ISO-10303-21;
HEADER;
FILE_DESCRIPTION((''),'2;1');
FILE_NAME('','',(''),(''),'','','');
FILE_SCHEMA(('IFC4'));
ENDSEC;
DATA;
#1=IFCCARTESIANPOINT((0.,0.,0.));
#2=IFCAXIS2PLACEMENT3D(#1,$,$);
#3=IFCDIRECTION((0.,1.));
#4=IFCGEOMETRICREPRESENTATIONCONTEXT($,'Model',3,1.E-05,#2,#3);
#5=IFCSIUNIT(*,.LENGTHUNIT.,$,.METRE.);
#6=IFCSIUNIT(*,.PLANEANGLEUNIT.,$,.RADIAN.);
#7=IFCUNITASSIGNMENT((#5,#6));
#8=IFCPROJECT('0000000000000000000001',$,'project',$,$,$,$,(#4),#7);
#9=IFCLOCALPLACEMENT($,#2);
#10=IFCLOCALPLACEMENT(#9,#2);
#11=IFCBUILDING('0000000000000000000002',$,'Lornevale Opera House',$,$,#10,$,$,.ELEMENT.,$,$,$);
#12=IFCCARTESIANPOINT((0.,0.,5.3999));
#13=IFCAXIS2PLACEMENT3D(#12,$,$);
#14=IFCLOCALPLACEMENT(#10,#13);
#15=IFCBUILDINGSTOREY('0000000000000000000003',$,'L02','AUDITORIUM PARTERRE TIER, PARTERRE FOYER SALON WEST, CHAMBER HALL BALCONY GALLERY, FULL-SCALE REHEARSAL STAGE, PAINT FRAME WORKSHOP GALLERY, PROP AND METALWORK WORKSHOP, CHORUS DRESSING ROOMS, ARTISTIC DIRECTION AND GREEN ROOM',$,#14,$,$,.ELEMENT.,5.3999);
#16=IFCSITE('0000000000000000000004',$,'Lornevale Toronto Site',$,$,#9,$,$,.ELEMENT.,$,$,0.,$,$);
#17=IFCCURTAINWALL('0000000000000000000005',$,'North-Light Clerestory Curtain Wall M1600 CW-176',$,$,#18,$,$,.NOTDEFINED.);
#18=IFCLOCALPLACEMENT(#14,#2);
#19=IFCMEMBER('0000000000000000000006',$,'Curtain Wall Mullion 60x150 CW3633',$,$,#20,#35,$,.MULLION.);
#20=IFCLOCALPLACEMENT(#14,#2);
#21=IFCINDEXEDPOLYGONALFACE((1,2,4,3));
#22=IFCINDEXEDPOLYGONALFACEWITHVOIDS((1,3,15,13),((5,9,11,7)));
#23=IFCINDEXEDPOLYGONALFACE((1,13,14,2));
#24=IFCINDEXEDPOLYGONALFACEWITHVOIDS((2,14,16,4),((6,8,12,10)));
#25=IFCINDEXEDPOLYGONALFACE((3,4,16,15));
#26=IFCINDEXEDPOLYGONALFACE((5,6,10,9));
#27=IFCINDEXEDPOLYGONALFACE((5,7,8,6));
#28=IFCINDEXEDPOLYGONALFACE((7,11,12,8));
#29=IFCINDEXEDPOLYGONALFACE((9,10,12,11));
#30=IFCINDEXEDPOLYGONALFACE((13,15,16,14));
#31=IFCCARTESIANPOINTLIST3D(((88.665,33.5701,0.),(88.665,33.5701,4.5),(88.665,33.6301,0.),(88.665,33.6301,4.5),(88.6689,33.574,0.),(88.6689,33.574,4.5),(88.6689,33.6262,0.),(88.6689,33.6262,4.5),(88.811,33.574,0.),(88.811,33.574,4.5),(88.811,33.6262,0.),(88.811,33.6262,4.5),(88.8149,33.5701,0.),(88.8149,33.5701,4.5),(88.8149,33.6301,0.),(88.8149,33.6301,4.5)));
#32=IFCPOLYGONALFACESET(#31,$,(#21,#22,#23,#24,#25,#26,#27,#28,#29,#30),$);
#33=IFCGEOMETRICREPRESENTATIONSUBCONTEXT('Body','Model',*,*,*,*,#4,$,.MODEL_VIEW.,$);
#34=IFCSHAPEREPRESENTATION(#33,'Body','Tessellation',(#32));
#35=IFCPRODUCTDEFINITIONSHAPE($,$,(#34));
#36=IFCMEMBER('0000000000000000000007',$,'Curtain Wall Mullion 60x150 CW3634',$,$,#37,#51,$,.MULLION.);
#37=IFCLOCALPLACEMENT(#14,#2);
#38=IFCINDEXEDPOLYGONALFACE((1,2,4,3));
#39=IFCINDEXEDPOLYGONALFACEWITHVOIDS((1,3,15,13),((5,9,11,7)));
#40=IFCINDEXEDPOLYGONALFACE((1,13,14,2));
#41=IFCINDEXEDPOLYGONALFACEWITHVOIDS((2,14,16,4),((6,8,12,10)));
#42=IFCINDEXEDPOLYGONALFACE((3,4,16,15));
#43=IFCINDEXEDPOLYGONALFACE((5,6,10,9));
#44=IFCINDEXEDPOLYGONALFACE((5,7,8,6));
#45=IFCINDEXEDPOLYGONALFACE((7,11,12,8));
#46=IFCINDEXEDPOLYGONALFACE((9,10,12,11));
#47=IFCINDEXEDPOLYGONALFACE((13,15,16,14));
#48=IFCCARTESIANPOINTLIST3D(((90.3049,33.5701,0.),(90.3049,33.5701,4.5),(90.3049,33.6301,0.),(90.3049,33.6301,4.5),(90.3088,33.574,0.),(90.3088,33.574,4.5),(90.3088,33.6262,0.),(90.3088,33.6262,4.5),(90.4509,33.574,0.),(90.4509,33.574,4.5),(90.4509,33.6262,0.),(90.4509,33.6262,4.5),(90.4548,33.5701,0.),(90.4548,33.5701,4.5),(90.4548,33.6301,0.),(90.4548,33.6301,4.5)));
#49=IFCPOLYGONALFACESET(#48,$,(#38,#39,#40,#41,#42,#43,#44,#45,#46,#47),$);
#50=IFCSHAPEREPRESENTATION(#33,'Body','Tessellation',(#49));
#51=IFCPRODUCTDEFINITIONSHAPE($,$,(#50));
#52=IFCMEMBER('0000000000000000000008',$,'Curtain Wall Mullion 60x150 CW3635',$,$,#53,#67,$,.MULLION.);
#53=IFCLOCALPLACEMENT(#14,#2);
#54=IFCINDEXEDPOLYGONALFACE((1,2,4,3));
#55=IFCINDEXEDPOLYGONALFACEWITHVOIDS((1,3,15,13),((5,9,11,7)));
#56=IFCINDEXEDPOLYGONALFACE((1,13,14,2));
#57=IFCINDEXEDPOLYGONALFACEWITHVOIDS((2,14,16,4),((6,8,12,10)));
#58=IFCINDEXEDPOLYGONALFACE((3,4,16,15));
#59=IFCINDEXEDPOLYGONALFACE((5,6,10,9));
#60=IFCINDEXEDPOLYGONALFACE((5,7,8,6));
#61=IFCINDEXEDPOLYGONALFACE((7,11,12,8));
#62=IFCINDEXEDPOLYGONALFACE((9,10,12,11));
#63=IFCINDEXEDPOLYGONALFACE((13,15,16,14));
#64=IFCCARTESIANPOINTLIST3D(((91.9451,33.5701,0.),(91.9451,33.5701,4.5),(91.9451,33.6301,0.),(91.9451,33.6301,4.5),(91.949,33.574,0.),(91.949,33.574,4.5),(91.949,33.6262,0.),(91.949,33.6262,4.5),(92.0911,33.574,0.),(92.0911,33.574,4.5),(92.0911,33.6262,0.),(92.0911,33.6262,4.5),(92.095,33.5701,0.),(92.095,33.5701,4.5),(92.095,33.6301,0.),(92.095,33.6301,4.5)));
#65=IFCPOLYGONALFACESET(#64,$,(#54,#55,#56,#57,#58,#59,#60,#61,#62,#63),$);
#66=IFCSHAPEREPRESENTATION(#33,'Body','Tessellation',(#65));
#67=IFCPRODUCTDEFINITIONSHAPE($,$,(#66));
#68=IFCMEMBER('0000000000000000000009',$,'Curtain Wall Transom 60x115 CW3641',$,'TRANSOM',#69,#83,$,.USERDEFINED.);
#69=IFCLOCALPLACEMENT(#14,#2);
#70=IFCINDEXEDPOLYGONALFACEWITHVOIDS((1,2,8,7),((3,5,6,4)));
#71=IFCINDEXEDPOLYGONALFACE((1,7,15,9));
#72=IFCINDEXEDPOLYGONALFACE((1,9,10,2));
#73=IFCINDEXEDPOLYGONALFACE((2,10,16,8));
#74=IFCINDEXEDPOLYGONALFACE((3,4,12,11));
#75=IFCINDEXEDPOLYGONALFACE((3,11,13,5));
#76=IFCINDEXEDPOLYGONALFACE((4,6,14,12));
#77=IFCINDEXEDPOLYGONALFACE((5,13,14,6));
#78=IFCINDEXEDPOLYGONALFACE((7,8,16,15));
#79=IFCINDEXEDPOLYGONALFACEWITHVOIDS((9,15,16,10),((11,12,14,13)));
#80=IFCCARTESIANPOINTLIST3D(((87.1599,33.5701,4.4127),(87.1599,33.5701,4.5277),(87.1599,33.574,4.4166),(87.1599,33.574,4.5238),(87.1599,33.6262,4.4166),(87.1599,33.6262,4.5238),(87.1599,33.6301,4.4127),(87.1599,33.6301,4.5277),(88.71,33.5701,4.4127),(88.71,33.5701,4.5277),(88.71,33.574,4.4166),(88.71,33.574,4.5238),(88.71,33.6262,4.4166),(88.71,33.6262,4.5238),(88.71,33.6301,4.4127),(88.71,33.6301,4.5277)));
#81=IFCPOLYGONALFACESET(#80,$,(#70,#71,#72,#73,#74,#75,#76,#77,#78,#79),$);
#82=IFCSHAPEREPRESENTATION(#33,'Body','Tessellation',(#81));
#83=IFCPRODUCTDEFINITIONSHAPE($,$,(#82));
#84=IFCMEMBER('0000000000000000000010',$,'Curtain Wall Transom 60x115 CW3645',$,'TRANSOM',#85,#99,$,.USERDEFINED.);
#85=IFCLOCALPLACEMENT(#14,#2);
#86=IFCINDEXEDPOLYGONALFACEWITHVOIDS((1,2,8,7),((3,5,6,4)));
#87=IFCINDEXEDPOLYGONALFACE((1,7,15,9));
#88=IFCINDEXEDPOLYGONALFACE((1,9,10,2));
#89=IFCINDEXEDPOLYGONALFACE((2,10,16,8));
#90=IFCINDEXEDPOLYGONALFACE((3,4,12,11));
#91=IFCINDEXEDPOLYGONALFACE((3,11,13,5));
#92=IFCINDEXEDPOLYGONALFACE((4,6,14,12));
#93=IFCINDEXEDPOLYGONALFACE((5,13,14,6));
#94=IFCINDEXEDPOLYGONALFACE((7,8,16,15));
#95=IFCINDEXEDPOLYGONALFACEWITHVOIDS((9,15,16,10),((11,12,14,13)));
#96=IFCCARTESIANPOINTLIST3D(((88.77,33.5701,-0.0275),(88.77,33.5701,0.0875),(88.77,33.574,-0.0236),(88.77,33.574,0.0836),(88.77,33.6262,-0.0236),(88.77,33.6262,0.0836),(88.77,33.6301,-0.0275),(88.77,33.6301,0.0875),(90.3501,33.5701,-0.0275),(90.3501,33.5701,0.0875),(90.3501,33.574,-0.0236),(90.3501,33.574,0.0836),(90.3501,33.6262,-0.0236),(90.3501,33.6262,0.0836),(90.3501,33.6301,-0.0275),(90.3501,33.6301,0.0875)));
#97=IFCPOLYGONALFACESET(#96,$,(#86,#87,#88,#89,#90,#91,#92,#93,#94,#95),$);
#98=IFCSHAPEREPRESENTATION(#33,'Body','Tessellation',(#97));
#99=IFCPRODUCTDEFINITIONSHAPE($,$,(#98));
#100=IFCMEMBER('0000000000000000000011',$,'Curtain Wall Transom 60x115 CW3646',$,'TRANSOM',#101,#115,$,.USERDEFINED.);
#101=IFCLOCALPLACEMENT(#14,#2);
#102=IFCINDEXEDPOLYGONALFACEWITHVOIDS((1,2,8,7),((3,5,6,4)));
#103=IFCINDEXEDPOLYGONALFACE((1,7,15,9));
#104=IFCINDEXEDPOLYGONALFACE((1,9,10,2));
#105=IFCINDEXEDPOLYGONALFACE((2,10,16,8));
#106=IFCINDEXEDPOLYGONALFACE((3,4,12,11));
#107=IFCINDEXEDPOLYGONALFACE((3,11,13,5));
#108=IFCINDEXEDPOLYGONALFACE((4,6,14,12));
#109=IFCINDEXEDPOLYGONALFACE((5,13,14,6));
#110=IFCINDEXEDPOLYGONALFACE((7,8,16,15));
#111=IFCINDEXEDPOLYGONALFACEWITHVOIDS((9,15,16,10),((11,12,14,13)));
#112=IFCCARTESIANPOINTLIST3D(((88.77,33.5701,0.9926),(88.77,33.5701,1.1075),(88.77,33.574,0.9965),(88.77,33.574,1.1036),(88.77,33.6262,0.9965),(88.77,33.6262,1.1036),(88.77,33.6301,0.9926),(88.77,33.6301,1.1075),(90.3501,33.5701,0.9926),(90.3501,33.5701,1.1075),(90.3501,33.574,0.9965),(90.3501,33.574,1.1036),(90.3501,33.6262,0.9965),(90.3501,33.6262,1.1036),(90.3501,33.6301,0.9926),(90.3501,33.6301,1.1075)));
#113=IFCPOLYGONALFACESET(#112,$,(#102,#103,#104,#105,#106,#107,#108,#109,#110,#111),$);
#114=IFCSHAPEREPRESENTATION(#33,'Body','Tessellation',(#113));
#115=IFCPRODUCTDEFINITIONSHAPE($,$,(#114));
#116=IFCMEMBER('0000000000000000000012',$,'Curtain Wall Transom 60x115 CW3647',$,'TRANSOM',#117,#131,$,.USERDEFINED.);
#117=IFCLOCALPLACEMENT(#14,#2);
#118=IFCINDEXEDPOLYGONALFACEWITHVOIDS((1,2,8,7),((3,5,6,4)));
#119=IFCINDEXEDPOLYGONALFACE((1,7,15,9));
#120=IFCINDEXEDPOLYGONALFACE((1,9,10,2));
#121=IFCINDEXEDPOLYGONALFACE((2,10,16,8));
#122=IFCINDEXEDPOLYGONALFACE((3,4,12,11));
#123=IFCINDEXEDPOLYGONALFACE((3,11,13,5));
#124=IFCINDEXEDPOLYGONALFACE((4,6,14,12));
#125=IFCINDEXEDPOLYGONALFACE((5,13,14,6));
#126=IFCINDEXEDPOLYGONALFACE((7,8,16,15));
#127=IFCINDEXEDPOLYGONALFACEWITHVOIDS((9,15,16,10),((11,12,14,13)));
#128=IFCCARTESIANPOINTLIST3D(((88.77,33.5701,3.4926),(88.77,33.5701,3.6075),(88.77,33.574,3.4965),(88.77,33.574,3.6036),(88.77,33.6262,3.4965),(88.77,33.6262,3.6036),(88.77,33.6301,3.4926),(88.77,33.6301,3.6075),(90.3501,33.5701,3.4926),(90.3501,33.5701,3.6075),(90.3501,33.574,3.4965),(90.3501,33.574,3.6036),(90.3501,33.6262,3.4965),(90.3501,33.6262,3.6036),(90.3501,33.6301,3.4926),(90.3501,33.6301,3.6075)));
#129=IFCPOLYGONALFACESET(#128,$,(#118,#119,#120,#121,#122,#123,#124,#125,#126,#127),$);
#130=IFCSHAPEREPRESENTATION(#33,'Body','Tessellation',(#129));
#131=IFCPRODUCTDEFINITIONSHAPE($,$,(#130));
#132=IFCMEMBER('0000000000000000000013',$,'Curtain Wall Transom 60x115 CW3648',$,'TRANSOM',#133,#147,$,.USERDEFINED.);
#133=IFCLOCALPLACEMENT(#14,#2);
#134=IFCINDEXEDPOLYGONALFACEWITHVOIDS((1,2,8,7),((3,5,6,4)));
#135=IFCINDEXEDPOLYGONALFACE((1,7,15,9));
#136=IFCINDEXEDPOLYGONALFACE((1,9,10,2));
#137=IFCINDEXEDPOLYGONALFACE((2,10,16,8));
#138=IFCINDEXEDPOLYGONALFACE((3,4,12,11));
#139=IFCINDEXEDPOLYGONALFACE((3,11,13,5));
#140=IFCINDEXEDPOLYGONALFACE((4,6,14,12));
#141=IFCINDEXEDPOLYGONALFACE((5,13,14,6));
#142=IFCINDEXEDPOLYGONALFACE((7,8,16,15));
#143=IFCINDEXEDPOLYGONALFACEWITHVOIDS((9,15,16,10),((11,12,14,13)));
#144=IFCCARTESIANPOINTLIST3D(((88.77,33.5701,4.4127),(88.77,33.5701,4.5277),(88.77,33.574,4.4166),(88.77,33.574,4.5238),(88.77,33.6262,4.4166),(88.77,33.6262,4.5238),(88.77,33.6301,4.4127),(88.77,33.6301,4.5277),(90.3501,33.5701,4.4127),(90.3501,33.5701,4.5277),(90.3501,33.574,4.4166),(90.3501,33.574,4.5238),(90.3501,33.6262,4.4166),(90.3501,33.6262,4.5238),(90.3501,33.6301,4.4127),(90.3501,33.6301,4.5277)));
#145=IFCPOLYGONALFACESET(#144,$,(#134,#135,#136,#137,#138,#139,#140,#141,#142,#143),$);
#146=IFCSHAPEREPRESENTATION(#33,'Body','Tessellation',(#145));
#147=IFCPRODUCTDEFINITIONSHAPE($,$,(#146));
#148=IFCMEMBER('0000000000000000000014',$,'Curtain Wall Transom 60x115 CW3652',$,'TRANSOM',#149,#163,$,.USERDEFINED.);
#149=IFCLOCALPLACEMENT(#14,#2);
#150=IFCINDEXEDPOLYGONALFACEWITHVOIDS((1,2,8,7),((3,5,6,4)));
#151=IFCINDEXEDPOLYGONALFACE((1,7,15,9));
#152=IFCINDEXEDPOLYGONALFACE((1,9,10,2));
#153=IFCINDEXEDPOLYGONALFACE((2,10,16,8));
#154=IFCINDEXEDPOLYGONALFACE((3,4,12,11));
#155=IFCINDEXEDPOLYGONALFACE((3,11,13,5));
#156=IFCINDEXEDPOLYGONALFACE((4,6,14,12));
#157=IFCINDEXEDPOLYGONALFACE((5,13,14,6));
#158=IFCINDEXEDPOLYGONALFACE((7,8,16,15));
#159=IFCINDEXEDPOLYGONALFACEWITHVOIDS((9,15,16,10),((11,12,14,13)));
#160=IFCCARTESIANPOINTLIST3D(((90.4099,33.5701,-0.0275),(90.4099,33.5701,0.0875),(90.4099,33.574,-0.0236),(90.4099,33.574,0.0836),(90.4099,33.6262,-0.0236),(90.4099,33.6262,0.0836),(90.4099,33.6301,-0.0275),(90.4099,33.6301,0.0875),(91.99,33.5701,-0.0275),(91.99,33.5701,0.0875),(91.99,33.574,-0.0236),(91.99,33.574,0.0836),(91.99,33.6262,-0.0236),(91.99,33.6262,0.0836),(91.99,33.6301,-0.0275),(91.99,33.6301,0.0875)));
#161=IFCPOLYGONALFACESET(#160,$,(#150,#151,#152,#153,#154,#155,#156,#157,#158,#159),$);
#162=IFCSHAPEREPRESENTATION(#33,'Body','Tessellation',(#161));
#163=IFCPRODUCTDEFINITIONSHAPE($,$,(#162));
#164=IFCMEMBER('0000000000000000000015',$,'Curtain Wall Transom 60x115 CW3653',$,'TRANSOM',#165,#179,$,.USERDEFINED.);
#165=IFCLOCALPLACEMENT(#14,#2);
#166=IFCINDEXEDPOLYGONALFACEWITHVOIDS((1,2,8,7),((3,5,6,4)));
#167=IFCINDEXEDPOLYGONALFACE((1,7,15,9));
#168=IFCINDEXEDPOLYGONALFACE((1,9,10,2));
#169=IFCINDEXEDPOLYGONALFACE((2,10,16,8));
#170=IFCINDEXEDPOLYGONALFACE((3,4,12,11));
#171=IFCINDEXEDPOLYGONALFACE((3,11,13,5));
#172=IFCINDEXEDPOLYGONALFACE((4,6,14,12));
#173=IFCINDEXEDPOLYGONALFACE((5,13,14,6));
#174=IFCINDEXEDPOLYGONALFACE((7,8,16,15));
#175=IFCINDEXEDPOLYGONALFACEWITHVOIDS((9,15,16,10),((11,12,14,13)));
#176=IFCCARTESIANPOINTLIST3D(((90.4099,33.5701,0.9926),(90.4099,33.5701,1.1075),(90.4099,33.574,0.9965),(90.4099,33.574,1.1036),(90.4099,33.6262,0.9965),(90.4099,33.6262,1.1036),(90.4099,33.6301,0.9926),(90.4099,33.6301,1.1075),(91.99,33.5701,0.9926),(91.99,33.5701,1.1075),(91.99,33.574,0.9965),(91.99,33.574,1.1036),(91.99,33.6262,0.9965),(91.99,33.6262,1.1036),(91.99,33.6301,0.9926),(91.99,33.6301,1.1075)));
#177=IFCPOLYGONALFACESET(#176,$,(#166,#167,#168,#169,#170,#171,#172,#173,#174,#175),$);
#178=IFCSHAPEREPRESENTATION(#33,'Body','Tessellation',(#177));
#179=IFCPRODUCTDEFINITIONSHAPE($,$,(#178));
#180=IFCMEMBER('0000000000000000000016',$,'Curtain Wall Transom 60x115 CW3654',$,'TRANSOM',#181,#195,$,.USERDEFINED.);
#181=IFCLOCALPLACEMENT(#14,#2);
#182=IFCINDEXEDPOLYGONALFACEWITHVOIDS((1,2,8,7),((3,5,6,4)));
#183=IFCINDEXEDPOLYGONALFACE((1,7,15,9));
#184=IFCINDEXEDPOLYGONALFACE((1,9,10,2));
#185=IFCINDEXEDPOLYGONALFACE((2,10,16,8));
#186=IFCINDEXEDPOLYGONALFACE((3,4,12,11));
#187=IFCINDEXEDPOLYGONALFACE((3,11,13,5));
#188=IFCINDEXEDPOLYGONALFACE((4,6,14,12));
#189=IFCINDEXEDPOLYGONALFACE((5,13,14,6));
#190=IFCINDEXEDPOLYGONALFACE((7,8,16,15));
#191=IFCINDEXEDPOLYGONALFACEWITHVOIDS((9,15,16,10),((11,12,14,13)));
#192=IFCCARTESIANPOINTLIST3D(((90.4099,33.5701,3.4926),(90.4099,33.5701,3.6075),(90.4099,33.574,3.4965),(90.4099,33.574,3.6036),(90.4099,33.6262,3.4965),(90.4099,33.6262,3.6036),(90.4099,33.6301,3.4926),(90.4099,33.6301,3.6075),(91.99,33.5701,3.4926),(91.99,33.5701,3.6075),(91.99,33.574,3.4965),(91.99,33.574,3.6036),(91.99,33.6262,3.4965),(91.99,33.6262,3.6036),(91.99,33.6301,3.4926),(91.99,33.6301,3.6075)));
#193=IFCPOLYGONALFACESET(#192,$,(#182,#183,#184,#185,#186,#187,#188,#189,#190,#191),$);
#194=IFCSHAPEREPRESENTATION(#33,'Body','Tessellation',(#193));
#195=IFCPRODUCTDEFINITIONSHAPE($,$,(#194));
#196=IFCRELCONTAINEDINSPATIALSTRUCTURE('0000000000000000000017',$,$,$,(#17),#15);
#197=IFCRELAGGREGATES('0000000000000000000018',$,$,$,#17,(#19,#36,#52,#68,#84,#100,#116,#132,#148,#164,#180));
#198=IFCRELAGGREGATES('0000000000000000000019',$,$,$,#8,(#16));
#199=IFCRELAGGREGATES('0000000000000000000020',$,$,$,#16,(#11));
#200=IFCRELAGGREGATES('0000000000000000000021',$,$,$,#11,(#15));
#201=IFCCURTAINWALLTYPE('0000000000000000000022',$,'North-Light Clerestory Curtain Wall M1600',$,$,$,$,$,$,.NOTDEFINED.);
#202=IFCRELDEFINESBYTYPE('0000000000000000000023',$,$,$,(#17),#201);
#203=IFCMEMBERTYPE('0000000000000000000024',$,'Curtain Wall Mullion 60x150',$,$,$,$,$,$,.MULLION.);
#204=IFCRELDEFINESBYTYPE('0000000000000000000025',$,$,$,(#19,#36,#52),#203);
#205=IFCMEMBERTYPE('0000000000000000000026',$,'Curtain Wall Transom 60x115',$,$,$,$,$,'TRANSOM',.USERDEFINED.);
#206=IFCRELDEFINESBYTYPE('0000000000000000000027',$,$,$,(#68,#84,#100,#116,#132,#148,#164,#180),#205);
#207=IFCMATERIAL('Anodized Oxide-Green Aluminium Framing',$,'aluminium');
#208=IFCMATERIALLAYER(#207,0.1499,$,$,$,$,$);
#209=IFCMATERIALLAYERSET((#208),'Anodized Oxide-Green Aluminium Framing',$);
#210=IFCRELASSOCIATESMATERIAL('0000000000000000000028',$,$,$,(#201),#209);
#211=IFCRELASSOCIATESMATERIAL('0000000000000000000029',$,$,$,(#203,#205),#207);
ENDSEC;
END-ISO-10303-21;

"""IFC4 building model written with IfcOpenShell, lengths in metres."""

from ifc_helpers import new_model, si_unit, direction, frame, origin, origin_2d, place, context, subcontext, project, spatial, hollow_rectangle, extrude, material, layer, layer_set, material_profile, profile_set, type_object, element, aggregate, save


model = new_model("IFC4")

# Units and contexts
model_context = context("Model", 3, precision=1e-05, world=origin(), true_north=direction((0.0, 1.0)))
body_context = subcontext(model_context, "Body", "Model", "MODEL_VIEW")
ifc_project = project(units=[si_unit("LENGTHUNIT", "METRE"), si_unit("PLANEANGLEUNIT", "RADIAN")], contexts=[model_context])

# Site, building, storey
site_placement = place(None, origin())
site = spatial("IfcSite", under=ifc_project, at=site_placement, Name="Lornevale Toronto Site", CompositionType="ELEMENT", RefElevation=0.0)
building_placement = place(site_placement, origin())
building = spatial("IfcBuilding", under=site, at=building_placement, Name="Lornevale Opera House", CompositionType="ELEMENT")
storey_placement = place(building_placement, frame((0.0, 0.0, 5.3999)))
storey = spatial("IfcBuildingStorey", under=building, at=storey_placement, Name="L02", Description="AUDITORIUM PARTERRE TIER, PARTERRE FOYER SALON WEST, CHAMBER HALL BALCONY GALLERY, FULL-SCALE REHEARSAL STAGE, PAINT FRAME WORKSHOP GALLERY, PROP AND METALWORK WORKSHOP, CHORUS DRESSING ROOMS, ARTISTIC DIRECTION AND GREEN ROOM", CompositionType="ELEMENT", Elevation=5.3999)

# Curtain wall, members
ifc_material_1 = material(Name="Anodized Oxide-Green Aluminium Framing", Category="aluminium")
ifc_layer_1 = layer(ifc_material_1, 0.1499)
ifc_layer_set_1 = layer_set([ifc_layer_1], Name="Anodized Oxide-Green Aluminium Framing")
curtain_wall_type = type_object("IfcCurtainWallType", Name="North-Light Clerestory Curtain Wall M1600", PredefinedType="NOTDEFINED", material=ifc_layer_set_1)
curtain_wall_placement = place(storey_placement, origin())
curtain_wall = element("IfcCurtainWall", 1, at=curtain_wall_placement, inside=storey, type_object=curtain_wall_type, Name="North-Light Clerestory Curtain Wall M1600 CW-176", PredefinedType="NOTDEFINED")
ifc_material_profile_1 = material_profile(ifc_material_1, hollow_rectangle(XDim=0.0601, YDim=0.1499, WallThickness=0.0039, at=origin_2d()), Name="ALU60x150x4")
ifc_profile_set_1 = profile_set([ifc_material_profile_1], Name="Anodized Oxide-Green Aluminium Framing")
member_type_1 = type_object("IfcMemberType", Name="Curtain Wall Mullion 60x150", PredefinedType="MULLION", material=ifc_profile_set_1)
member_1_placement = place(storey_placement, frame((88.74, 33.6001, 0.0), z_axis=(0.0, 0.0, 1.0), x_axis=(0.0, 1.0, 0.0)))
member_1 = element("IfcMember", 2, at=member_1_placement, type_object=member_type_1, Name="Curtain Wall Mullion 60x150 CW3633", PredefinedType="MULLION", context=body_context, shape_type="SweptSolid", body=[
    extrude(hollow_rectangle(XDim=0.0601, YDim=0.1499, WallThickness=0.0039, at=origin_2d()), origin(), (0.0, 0.0, 1.0), 4.5),
])
member_2_placement = place(storey_placement, frame((90.3799, 33.6001, 0.0), z_axis=(0.0, 0.0, 1.0), x_axis=(0.0, 1.0, 0.0)))
member_2 = element("IfcMember", 3, at=member_2_placement, type_object=member_type_1, Name="Curtain Wall Mullion 60x150 CW3634", PredefinedType="MULLION", context=body_context, shape_type="SweptSolid", body=[
    extrude(hollow_rectangle(XDim=0.0601, YDim=0.1499, WallThickness=0.0039, at=origin_2d()), origin(), (0.0, 0.0, 1.0), 4.5),
])
member_3_placement = place(storey_placement, frame((92.02, 33.6001, 0.0), z_axis=(0.0, 0.0, 1.0), x_axis=(0.0, 1.0, 0.0)))
member_3 = element("IfcMember", 4, at=member_3_placement, type_object=member_type_1, Name="Curtain Wall Mullion 60x150 CW3635", PredefinedType="MULLION", context=body_context, shape_type="SweptSolid", body=[
    extrude(hollow_rectangle(XDim=0.0601, YDim=0.1499, WallThickness=0.0039, at=origin_2d()), origin(), (0.0, 0.0, 1.0), 4.5),
])
ifc_material_profile_2 = material_profile(ifc_material_1, hollow_rectangle(XDim=0.0601, YDim=0.115, WallThickness=0.0039, at=origin_2d()), Name="ALU60x115x4")
ifc_profile_set_2 = profile_set([ifc_material_profile_2], Name="Anodized Oxide-Green Aluminium Framing")
member_type_2 = type_object("IfcMemberType", Name="Curtain Wall Transom 60x115", ElementType="TRANSOM", PredefinedType="USERDEFINED", material=ifc_profile_set_2)
member_4_placement = place(storey_placement, frame((87.1599, 33.6001, 4.4702), z_axis=(1.0, 0.0, 0.0), x_axis=(0.0, 1.0, 0.0)))
member_4 = element("IfcMember", 5, at=member_4_placement, type_object=member_type_2, Name="Curtain Wall Transom 60x115 CW3641", ObjectType="TRANSOM", PredefinedType="USERDEFINED", context=body_context, shape_type="SweptSolid", body=[
    extrude(hollow_rectangle(XDim=0.0601, YDim=0.115, WallThickness=0.0039, at=origin_2d()), origin(), (0.0, 0.0, 1.0), 1.55),
])
member_5_placement = place(storey_placement, frame((88.77, 33.6001, 0.03), z_axis=(1.0, 0.0, 0.0), x_axis=(0.0, 1.0, 0.0)))
member_5 = element("IfcMember", 6, at=member_5_placement, type_object=member_type_2, Name="Curtain Wall Transom 60x115 CW3645", ObjectType="TRANSOM", PredefinedType="USERDEFINED", context=body_context, shape_type="SweptSolid", body=[
    extrude(hollow_rectangle(XDim=0.0601, YDim=0.115, WallThickness=0.0039, at=origin_2d()), origin(), (0.0, 0.0, 1.0), 1.5801),
])
member_6_placement = place(storey_placement, frame((88.77, 33.6001, 1.05), z_axis=(1.0, 0.0, 0.0), x_axis=(0.0, 1.0, 0.0)))
member_6 = element("IfcMember", 7, at=member_6_placement, type_object=member_type_2, Name="Curtain Wall Transom 60x115 CW3646", ObjectType="TRANSOM", PredefinedType="USERDEFINED", context=body_context, shape_type="SweptSolid", body=[
    extrude(hollow_rectangle(XDim=0.0601, YDim=0.115, WallThickness=0.0039, at=origin_2d()), origin(), (0.0, 0.0, 1.0), 1.5801),
])
member_7_placement = place(storey_placement, frame((88.77, 33.6001, 3.55), z_axis=(1.0, 0.0, 0.0), x_axis=(0.0, 1.0, 0.0)))
member_7 = element("IfcMember", 8, at=member_7_placement, type_object=member_type_2, Name="Curtain Wall Transom 60x115 CW3647", ObjectType="TRANSOM", PredefinedType="USERDEFINED", context=body_context, shape_type="SweptSolid", body=[
    extrude(hollow_rectangle(XDim=0.0601, YDim=0.115, WallThickness=0.0039, at=origin_2d()), origin(), (0.0, 0.0, 1.0), 1.5801),
])
member_8_placement = place(storey_placement, frame((88.77, 33.6001, 4.4702), z_axis=(1.0, 0.0, 0.0), x_axis=(0.0, 1.0, 0.0)))
member_8 = element("IfcMember", 9, at=member_8_placement, type_object=member_type_2, Name="Curtain Wall Transom 60x115 CW3648", ObjectType="TRANSOM", PredefinedType="USERDEFINED", context=body_context, shape_type="SweptSolid", body=[
    extrude(hollow_rectangle(XDim=0.0601, YDim=0.115, WallThickness=0.0039, at=origin_2d()), origin(), (0.0, 0.0, 1.0), 1.5801),
])
member_9_placement = place(storey_placement, frame((90.4099, 33.6001, 0.03), z_axis=(1.0, 0.0, 0.0), x_axis=(0.0, 1.0, 0.0)))
member_9 = element("IfcMember", 10, at=member_9_placement, type_object=member_type_2, Name="Curtain Wall Transom 60x115 CW3652", ObjectType="TRANSOM", PredefinedType="USERDEFINED", context=body_context, shape_type="SweptSolid", body=[
    extrude(hollow_rectangle(XDim=0.0601, YDim=0.115, WallThickness=0.0039, at=origin_2d()), origin(), (0.0, 0.0, 1.0), 1.5801),
])
member_10_placement = place(storey_placement, frame((90.4099, 33.6001, 1.05), z_axis=(1.0, 0.0, 0.0), x_axis=(0.0, 1.0, 0.0)))
member_10 = element("IfcMember", 11, at=member_10_placement, type_object=member_type_2, Name="Curtain Wall Transom 60x115 CW3653", ObjectType="TRANSOM", PredefinedType="USERDEFINED", context=body_context, shape_type="SweptSolid", body=[
    extrude(hollow_rectangle(XDim=0.0601, YDim=0.115, WallThickness=0.0039, at=origin_2d()), origin(), (0.0, 0.0, 1.0), 1.5801),
])
member_11_placement = place(storey_placement, frame((90.4099, 33.6001, 3.55), z_axis=(1.0, 0.0, 0.0), x_axis=(0.0, 1.0, 0.0)))
member_11 = element("IfcMember", 12, at=member_11_placement, type_object=member_type_2, Name="Curtain Wall Transom 60x115 CW3654", ObjectType="TRANSOM", PredefinedType="USERDEFINED", context=body_context, shape_type="SweptSolid", body=[
    extrude(hollow_rectangle(XDim=0.0601, YDim=0.115, WallThickness=0.0039, at=origin_2d()), origin(), (0.0, 0.0, 1.0), 1.5801),
])
aggregate(curtain_wall, [member_1, member_2, member_3, member_4, member_5, member_6, member_7, member_8, member_9, member_10, member_11])

save(model, "model.ifc")
